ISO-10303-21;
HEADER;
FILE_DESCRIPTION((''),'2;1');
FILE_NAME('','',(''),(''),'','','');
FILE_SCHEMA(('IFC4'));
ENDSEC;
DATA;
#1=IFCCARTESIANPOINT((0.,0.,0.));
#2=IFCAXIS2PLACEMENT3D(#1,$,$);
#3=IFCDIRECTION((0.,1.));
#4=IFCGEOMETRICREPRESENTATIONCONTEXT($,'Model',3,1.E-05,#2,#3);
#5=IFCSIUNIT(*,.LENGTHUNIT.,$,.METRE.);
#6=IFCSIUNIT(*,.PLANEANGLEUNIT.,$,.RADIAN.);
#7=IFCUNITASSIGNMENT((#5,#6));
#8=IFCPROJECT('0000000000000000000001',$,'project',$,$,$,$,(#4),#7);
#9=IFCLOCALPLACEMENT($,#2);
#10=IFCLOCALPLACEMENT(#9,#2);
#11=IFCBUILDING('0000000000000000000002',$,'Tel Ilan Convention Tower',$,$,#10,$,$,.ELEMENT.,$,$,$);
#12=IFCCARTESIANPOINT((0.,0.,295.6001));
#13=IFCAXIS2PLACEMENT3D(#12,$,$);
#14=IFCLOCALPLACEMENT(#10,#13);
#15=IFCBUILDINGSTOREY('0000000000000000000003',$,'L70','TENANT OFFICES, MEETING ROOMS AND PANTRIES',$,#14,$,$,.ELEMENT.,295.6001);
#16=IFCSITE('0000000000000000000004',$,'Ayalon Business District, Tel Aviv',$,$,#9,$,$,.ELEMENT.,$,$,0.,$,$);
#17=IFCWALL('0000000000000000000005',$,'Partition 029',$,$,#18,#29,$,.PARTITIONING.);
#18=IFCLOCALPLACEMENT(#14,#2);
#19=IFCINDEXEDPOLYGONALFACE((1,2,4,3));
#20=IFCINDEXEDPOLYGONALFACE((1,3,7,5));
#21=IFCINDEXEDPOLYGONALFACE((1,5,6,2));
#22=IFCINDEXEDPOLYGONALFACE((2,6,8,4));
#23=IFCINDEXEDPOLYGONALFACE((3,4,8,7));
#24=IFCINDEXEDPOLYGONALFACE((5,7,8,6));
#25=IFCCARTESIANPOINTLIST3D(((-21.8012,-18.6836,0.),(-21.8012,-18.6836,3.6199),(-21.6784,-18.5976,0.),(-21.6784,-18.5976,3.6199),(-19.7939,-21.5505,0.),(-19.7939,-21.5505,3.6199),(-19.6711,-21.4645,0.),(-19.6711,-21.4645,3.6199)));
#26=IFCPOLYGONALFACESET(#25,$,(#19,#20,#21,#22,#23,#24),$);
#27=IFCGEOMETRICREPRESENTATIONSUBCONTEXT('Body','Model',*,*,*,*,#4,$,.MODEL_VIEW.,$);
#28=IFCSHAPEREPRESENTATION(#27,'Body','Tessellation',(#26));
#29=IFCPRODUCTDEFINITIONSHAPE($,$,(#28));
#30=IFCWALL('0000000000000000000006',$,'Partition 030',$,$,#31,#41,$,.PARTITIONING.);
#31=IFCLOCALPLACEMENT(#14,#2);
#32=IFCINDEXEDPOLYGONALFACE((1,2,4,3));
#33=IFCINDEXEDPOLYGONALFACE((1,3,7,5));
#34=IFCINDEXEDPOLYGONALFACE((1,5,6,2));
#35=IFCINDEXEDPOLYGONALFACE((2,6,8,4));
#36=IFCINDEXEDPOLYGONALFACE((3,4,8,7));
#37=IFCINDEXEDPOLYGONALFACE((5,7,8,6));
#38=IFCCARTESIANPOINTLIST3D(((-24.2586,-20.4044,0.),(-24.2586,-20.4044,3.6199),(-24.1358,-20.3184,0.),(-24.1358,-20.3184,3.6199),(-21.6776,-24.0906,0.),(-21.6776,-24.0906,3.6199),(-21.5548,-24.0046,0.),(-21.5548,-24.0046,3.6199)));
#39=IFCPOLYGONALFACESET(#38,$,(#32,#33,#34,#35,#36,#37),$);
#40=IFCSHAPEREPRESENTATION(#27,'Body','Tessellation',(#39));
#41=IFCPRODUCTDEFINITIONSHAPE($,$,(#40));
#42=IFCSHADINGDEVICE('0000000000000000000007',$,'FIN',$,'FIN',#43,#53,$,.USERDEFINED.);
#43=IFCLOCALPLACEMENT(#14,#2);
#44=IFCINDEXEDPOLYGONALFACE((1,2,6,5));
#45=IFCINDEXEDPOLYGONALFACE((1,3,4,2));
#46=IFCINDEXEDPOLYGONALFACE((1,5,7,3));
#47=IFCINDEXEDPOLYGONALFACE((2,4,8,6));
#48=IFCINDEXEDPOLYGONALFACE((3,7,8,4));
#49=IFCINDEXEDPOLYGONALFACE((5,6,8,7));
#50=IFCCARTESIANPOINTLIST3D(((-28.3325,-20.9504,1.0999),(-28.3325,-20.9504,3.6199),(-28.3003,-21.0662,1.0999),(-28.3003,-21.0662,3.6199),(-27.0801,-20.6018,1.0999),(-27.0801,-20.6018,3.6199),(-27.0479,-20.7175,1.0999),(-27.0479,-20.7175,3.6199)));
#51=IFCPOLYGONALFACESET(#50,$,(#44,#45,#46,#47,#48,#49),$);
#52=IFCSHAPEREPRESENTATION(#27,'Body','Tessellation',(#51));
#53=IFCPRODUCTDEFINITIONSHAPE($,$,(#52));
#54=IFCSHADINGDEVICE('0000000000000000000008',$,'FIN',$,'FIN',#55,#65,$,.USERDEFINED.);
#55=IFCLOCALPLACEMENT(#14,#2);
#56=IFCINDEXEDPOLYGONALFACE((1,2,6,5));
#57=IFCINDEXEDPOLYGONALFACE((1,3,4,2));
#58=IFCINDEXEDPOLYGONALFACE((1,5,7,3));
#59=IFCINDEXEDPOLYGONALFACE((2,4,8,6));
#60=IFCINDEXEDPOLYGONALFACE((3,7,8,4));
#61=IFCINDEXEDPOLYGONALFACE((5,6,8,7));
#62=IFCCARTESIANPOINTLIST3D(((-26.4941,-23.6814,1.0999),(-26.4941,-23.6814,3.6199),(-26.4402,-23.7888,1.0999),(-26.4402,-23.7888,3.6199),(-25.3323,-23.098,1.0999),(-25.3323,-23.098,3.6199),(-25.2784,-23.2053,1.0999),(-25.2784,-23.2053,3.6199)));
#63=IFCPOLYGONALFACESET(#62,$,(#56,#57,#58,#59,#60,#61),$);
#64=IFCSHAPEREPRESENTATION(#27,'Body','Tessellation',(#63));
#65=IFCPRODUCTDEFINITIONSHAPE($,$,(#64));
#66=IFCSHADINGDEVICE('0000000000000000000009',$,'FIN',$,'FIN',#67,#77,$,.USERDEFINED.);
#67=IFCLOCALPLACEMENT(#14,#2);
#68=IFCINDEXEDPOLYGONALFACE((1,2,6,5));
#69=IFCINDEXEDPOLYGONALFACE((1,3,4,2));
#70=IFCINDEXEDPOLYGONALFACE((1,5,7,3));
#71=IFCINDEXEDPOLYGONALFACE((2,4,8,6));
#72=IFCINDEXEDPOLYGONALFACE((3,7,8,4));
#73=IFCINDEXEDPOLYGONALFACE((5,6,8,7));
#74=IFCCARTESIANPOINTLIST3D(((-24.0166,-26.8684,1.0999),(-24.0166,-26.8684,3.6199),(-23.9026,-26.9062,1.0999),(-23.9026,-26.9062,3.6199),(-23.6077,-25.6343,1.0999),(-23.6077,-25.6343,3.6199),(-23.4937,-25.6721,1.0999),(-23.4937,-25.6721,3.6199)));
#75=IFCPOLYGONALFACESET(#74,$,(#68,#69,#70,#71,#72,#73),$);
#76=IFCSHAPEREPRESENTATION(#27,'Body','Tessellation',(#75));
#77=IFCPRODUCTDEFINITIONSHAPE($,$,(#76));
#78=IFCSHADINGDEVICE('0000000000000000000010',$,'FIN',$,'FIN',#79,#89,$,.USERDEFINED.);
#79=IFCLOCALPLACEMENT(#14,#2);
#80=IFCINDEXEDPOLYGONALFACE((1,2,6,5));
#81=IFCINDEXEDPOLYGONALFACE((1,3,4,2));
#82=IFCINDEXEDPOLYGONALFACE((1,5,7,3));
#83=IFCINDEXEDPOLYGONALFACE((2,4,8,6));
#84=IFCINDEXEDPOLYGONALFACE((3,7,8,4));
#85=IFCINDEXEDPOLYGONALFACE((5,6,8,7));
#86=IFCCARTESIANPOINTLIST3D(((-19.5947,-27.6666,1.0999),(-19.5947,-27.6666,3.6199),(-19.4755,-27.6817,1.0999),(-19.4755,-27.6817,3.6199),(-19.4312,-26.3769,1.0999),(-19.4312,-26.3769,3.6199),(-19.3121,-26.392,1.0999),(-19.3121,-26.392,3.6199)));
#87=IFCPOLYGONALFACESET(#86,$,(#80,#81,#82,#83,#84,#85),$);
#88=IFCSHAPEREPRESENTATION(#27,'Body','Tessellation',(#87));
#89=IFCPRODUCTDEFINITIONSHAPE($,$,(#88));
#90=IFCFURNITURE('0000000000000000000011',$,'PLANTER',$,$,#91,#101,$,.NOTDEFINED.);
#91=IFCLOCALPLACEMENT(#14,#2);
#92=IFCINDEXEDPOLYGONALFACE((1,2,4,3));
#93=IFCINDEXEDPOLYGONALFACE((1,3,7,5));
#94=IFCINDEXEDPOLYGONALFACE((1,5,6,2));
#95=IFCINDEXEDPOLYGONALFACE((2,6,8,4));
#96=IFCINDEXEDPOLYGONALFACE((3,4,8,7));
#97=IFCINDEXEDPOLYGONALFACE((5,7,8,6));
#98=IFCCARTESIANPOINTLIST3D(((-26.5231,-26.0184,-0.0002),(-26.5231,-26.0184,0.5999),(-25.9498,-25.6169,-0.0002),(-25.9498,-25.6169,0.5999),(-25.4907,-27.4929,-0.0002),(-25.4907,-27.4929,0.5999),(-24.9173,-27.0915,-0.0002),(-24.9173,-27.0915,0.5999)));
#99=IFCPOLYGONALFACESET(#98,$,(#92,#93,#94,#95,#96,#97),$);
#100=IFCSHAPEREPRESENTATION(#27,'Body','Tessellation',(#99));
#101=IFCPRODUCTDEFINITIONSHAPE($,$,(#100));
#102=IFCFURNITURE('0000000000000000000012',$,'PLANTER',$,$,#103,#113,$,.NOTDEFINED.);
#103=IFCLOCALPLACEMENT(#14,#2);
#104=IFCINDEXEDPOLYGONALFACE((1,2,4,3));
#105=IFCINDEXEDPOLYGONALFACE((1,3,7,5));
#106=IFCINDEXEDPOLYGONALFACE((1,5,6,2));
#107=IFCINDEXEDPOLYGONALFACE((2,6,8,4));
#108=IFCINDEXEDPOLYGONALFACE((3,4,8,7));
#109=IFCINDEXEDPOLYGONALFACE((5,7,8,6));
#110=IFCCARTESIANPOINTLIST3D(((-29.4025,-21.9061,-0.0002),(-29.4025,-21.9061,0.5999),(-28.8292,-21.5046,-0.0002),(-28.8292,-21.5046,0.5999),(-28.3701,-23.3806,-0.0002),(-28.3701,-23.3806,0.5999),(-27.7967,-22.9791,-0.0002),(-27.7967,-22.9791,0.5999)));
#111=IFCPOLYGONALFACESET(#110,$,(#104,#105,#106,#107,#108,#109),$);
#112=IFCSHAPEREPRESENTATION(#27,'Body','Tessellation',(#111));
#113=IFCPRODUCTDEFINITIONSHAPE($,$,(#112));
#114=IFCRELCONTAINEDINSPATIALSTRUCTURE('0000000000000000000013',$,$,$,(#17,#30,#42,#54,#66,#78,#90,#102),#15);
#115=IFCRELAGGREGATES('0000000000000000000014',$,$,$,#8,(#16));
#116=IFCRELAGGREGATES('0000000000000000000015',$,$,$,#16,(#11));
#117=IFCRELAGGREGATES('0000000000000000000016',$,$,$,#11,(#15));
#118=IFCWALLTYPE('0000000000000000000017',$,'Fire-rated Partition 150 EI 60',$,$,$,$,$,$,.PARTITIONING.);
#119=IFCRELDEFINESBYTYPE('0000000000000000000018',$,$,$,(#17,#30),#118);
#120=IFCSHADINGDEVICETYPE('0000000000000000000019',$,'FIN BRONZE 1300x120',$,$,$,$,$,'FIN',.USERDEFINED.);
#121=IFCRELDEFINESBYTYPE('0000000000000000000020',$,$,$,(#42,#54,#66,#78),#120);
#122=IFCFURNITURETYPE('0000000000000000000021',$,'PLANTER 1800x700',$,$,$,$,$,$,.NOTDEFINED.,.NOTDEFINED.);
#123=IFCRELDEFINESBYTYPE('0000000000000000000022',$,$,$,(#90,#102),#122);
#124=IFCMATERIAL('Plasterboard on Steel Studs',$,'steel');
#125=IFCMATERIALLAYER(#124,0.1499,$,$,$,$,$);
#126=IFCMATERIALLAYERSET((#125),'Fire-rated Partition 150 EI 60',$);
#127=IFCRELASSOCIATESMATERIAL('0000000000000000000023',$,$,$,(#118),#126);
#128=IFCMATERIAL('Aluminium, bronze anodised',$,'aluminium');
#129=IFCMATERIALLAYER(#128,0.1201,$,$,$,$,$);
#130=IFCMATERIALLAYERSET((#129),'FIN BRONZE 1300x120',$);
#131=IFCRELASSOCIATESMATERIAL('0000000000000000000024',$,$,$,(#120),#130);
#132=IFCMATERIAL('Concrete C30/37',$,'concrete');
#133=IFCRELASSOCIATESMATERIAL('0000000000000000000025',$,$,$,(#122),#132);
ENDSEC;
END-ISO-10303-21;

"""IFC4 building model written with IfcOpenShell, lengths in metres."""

from ifc_helpers import new_model, si_unit, direction, frame, frame_2d, origin, origin_2d, place, context, subcontext, project, spatial, rectangle, extrude, material, layer, layer_set, type_object, element, save


model = new_model("IFC4")

# Units and contexts
model_context = context("Model", 3, precision=1e-05, world=origin(), true_north=direction((0.0, 1.0)))
body_context = subcontext(model_context, "Body", "Model", "MODEL_VIEW")
ifc_project = project(units=[si_unit("LENGTHUNIT", "METRE"), si_unit("PLANEANGLEUNIT", "RADIAN")], contexts=[model_context])

# Site, building, storey
site_placement = place(None, origin())
site = spatial("IfcSite", under=ifc_project, at=site_placement, Name="Ayalon Business District, Tel Aviv", CompositionType="ELEMENT", RefElevation=0.0)
building_placement = place(site_placement, origin())
building = spatial("IfcBuilding", under=site, at=building_placement, Name="Tel Ilan Convention Tower", CompositionType="ELEMENT")
storey_placement = place(building_placement, frame((0.0, 0.0, 295.6001)))
storey = spatial("IfcBuildingStorey", under=building, at=storey_placement, Name="L70", Description="TENANT OFFICES, MEETING ROOMS AND PANTRIES", CompositionType="ELEMENT", Elevation=295.6001)

# Shared definitions
ifc_material_1 = material(Name="Plasterboard on Steel Studs", Category="steel")
ifc_layer_1 = layer(ifc_material_1, 0.1499)
ifc_layer_set_1 = layer_set([ifc_layer_1], Name="Fire-rated Partition 150 EI 60")
wall_type = type_object("IfcWallType", Name="Fire-rated Partition 150 EI 60", PredefinedType="PARTITIONING", material=ifc_layer_set_1)

# Walls
wall_1_placement = place(storey_placement, frame((-19.7324, -21.5076, 0.0), z_axis=(0.0, 0.0, 1.0), x_axis=(-0.573551, 0.81917, 0.0)))
element("IfcWall", 1, at=wall_1_placement, inside=storey, type_object=wall_type, Name="Partition 029", PredefinedType="PARTITIONING", context=body_context, shape_type="SweptSolid", body=[
    extrude(rectangle(XDim=3.4998, YDim=0.1499, at=frame_2d((1.75, 0.0))), origin(), (0.0, 0.0, 1.0), 3.6199),
])
wall_2_placement = place(storey_placement, frame((-21.6162, -24.0476, 0.0), z_axis=(0.0, 0.0, 1.0), x_axis=(-0.573561, 0.819163, 0.0)))
element("IfcWall", 2, at=wall_2_placement, inside=storey, type_object=wall_type, Name="Partition 030", PredefinedType="PARTITIONING", context=body_context, shape_type="SweptSolid", body=[
    extrude(rectangle(XDim=4.5, YDim=0.1499, at=frame_2d((2.25, 0.0))), origin(), (0.0, 0.0, 1.0), 3.6199),
])

# Shading devices
ifc_material_2 = material(Name="Aluminium, bronze anodised", Category="aluminium")
ifc_layer_2 = layer(ifc_material_2, 0.1201)
ifc_layer_set_2 = layer_set([ifc_layer_2], Name="FIN BRONZE 1300x120")
shading_device_type = type_object("IfcShadingDeviceType", Name="FIN BRONZE 1300x120", ElementType="FIN", PredefinedType="USERDEFINED", material=ifc_layer_set_2)
for number, where, z_axis, x_axis, name in (
    (3, (-27.6902, -20.834, 1.0999), (0.0, 0.0, 1.0), (-0.963371, -0.268173, 0.0), "FIN"),
    (4, (-25.8862, -23.4434, 1.0999), (0.0, 0.0, 1.0), (-0.893633, -0.448799, 0.0), "FIN"),
    (5, (-23.7551, -26.2703, 1.0999), (0.0, 0.0, 1.0), (-0.314545, -0.949243, 0.0), "FIN"),
    (6, (-19.4534, -27.0293, 1.0999), (0.0, 0.0, 1.0), (-0.125718, -0.992066, 0.0), "FIN"),
):
    element("IfcShadingDevice", number, at=place(storey_placement, frame(where, z_axis=z_axis, x_axis=x_axis)), inside=storey, type_object=shading_device_type, Name=name, ObjectType="FIN", PredefinedType="USERDEFINED", context=body_context, shape_type="SweptSolid", body=[
        extrude(rectangle(XDim=1.3, YDim=0.1201, at=origin_2d()), origin(), (0.0, 0.0, 1.0), 2.52),
    ])

# Furniture
ifc_material_3 = material(Name="Concrete C30/37", Category="concrete")
furniture_type = type_object("IfcFurnitureType", Name="PLANTER 1800x700", AssemblyPlace="NOTDEFINED", PredefinedType="NOTDEFINED", material=ifc_material_3)
for number, where, z_axis, x_axis, name in (
    (7, (-25.7202, -26.5549, -0.0002), (0.0, 0.0, 1.0), (-0.573576, 0.819152, 0.0), "PLANTER"),
    (8, (-28.5996, -22.4426, -0.0002), (0.0, 0.0, 1.0), (-0.573576, 0.819152, 0.0), "PLANTER"),
):
    element("IfcFurniture", number, at=place(storey_placement, frame(where, z_axis=z_axis, x_axis=x_axis)), inside=storey, type_object=furniture_type, Name=name, PredefinedType="NOTDEFINED", context=body_context, shape_type="SweptSolid", body=[
        extrude(rectangle(XDim=1.8, YDim=0.7, at=origin_2d()), origin(), (0.0, 0.0, 1.0), 0.6001),
    ])

save(model, "model.ifc")
